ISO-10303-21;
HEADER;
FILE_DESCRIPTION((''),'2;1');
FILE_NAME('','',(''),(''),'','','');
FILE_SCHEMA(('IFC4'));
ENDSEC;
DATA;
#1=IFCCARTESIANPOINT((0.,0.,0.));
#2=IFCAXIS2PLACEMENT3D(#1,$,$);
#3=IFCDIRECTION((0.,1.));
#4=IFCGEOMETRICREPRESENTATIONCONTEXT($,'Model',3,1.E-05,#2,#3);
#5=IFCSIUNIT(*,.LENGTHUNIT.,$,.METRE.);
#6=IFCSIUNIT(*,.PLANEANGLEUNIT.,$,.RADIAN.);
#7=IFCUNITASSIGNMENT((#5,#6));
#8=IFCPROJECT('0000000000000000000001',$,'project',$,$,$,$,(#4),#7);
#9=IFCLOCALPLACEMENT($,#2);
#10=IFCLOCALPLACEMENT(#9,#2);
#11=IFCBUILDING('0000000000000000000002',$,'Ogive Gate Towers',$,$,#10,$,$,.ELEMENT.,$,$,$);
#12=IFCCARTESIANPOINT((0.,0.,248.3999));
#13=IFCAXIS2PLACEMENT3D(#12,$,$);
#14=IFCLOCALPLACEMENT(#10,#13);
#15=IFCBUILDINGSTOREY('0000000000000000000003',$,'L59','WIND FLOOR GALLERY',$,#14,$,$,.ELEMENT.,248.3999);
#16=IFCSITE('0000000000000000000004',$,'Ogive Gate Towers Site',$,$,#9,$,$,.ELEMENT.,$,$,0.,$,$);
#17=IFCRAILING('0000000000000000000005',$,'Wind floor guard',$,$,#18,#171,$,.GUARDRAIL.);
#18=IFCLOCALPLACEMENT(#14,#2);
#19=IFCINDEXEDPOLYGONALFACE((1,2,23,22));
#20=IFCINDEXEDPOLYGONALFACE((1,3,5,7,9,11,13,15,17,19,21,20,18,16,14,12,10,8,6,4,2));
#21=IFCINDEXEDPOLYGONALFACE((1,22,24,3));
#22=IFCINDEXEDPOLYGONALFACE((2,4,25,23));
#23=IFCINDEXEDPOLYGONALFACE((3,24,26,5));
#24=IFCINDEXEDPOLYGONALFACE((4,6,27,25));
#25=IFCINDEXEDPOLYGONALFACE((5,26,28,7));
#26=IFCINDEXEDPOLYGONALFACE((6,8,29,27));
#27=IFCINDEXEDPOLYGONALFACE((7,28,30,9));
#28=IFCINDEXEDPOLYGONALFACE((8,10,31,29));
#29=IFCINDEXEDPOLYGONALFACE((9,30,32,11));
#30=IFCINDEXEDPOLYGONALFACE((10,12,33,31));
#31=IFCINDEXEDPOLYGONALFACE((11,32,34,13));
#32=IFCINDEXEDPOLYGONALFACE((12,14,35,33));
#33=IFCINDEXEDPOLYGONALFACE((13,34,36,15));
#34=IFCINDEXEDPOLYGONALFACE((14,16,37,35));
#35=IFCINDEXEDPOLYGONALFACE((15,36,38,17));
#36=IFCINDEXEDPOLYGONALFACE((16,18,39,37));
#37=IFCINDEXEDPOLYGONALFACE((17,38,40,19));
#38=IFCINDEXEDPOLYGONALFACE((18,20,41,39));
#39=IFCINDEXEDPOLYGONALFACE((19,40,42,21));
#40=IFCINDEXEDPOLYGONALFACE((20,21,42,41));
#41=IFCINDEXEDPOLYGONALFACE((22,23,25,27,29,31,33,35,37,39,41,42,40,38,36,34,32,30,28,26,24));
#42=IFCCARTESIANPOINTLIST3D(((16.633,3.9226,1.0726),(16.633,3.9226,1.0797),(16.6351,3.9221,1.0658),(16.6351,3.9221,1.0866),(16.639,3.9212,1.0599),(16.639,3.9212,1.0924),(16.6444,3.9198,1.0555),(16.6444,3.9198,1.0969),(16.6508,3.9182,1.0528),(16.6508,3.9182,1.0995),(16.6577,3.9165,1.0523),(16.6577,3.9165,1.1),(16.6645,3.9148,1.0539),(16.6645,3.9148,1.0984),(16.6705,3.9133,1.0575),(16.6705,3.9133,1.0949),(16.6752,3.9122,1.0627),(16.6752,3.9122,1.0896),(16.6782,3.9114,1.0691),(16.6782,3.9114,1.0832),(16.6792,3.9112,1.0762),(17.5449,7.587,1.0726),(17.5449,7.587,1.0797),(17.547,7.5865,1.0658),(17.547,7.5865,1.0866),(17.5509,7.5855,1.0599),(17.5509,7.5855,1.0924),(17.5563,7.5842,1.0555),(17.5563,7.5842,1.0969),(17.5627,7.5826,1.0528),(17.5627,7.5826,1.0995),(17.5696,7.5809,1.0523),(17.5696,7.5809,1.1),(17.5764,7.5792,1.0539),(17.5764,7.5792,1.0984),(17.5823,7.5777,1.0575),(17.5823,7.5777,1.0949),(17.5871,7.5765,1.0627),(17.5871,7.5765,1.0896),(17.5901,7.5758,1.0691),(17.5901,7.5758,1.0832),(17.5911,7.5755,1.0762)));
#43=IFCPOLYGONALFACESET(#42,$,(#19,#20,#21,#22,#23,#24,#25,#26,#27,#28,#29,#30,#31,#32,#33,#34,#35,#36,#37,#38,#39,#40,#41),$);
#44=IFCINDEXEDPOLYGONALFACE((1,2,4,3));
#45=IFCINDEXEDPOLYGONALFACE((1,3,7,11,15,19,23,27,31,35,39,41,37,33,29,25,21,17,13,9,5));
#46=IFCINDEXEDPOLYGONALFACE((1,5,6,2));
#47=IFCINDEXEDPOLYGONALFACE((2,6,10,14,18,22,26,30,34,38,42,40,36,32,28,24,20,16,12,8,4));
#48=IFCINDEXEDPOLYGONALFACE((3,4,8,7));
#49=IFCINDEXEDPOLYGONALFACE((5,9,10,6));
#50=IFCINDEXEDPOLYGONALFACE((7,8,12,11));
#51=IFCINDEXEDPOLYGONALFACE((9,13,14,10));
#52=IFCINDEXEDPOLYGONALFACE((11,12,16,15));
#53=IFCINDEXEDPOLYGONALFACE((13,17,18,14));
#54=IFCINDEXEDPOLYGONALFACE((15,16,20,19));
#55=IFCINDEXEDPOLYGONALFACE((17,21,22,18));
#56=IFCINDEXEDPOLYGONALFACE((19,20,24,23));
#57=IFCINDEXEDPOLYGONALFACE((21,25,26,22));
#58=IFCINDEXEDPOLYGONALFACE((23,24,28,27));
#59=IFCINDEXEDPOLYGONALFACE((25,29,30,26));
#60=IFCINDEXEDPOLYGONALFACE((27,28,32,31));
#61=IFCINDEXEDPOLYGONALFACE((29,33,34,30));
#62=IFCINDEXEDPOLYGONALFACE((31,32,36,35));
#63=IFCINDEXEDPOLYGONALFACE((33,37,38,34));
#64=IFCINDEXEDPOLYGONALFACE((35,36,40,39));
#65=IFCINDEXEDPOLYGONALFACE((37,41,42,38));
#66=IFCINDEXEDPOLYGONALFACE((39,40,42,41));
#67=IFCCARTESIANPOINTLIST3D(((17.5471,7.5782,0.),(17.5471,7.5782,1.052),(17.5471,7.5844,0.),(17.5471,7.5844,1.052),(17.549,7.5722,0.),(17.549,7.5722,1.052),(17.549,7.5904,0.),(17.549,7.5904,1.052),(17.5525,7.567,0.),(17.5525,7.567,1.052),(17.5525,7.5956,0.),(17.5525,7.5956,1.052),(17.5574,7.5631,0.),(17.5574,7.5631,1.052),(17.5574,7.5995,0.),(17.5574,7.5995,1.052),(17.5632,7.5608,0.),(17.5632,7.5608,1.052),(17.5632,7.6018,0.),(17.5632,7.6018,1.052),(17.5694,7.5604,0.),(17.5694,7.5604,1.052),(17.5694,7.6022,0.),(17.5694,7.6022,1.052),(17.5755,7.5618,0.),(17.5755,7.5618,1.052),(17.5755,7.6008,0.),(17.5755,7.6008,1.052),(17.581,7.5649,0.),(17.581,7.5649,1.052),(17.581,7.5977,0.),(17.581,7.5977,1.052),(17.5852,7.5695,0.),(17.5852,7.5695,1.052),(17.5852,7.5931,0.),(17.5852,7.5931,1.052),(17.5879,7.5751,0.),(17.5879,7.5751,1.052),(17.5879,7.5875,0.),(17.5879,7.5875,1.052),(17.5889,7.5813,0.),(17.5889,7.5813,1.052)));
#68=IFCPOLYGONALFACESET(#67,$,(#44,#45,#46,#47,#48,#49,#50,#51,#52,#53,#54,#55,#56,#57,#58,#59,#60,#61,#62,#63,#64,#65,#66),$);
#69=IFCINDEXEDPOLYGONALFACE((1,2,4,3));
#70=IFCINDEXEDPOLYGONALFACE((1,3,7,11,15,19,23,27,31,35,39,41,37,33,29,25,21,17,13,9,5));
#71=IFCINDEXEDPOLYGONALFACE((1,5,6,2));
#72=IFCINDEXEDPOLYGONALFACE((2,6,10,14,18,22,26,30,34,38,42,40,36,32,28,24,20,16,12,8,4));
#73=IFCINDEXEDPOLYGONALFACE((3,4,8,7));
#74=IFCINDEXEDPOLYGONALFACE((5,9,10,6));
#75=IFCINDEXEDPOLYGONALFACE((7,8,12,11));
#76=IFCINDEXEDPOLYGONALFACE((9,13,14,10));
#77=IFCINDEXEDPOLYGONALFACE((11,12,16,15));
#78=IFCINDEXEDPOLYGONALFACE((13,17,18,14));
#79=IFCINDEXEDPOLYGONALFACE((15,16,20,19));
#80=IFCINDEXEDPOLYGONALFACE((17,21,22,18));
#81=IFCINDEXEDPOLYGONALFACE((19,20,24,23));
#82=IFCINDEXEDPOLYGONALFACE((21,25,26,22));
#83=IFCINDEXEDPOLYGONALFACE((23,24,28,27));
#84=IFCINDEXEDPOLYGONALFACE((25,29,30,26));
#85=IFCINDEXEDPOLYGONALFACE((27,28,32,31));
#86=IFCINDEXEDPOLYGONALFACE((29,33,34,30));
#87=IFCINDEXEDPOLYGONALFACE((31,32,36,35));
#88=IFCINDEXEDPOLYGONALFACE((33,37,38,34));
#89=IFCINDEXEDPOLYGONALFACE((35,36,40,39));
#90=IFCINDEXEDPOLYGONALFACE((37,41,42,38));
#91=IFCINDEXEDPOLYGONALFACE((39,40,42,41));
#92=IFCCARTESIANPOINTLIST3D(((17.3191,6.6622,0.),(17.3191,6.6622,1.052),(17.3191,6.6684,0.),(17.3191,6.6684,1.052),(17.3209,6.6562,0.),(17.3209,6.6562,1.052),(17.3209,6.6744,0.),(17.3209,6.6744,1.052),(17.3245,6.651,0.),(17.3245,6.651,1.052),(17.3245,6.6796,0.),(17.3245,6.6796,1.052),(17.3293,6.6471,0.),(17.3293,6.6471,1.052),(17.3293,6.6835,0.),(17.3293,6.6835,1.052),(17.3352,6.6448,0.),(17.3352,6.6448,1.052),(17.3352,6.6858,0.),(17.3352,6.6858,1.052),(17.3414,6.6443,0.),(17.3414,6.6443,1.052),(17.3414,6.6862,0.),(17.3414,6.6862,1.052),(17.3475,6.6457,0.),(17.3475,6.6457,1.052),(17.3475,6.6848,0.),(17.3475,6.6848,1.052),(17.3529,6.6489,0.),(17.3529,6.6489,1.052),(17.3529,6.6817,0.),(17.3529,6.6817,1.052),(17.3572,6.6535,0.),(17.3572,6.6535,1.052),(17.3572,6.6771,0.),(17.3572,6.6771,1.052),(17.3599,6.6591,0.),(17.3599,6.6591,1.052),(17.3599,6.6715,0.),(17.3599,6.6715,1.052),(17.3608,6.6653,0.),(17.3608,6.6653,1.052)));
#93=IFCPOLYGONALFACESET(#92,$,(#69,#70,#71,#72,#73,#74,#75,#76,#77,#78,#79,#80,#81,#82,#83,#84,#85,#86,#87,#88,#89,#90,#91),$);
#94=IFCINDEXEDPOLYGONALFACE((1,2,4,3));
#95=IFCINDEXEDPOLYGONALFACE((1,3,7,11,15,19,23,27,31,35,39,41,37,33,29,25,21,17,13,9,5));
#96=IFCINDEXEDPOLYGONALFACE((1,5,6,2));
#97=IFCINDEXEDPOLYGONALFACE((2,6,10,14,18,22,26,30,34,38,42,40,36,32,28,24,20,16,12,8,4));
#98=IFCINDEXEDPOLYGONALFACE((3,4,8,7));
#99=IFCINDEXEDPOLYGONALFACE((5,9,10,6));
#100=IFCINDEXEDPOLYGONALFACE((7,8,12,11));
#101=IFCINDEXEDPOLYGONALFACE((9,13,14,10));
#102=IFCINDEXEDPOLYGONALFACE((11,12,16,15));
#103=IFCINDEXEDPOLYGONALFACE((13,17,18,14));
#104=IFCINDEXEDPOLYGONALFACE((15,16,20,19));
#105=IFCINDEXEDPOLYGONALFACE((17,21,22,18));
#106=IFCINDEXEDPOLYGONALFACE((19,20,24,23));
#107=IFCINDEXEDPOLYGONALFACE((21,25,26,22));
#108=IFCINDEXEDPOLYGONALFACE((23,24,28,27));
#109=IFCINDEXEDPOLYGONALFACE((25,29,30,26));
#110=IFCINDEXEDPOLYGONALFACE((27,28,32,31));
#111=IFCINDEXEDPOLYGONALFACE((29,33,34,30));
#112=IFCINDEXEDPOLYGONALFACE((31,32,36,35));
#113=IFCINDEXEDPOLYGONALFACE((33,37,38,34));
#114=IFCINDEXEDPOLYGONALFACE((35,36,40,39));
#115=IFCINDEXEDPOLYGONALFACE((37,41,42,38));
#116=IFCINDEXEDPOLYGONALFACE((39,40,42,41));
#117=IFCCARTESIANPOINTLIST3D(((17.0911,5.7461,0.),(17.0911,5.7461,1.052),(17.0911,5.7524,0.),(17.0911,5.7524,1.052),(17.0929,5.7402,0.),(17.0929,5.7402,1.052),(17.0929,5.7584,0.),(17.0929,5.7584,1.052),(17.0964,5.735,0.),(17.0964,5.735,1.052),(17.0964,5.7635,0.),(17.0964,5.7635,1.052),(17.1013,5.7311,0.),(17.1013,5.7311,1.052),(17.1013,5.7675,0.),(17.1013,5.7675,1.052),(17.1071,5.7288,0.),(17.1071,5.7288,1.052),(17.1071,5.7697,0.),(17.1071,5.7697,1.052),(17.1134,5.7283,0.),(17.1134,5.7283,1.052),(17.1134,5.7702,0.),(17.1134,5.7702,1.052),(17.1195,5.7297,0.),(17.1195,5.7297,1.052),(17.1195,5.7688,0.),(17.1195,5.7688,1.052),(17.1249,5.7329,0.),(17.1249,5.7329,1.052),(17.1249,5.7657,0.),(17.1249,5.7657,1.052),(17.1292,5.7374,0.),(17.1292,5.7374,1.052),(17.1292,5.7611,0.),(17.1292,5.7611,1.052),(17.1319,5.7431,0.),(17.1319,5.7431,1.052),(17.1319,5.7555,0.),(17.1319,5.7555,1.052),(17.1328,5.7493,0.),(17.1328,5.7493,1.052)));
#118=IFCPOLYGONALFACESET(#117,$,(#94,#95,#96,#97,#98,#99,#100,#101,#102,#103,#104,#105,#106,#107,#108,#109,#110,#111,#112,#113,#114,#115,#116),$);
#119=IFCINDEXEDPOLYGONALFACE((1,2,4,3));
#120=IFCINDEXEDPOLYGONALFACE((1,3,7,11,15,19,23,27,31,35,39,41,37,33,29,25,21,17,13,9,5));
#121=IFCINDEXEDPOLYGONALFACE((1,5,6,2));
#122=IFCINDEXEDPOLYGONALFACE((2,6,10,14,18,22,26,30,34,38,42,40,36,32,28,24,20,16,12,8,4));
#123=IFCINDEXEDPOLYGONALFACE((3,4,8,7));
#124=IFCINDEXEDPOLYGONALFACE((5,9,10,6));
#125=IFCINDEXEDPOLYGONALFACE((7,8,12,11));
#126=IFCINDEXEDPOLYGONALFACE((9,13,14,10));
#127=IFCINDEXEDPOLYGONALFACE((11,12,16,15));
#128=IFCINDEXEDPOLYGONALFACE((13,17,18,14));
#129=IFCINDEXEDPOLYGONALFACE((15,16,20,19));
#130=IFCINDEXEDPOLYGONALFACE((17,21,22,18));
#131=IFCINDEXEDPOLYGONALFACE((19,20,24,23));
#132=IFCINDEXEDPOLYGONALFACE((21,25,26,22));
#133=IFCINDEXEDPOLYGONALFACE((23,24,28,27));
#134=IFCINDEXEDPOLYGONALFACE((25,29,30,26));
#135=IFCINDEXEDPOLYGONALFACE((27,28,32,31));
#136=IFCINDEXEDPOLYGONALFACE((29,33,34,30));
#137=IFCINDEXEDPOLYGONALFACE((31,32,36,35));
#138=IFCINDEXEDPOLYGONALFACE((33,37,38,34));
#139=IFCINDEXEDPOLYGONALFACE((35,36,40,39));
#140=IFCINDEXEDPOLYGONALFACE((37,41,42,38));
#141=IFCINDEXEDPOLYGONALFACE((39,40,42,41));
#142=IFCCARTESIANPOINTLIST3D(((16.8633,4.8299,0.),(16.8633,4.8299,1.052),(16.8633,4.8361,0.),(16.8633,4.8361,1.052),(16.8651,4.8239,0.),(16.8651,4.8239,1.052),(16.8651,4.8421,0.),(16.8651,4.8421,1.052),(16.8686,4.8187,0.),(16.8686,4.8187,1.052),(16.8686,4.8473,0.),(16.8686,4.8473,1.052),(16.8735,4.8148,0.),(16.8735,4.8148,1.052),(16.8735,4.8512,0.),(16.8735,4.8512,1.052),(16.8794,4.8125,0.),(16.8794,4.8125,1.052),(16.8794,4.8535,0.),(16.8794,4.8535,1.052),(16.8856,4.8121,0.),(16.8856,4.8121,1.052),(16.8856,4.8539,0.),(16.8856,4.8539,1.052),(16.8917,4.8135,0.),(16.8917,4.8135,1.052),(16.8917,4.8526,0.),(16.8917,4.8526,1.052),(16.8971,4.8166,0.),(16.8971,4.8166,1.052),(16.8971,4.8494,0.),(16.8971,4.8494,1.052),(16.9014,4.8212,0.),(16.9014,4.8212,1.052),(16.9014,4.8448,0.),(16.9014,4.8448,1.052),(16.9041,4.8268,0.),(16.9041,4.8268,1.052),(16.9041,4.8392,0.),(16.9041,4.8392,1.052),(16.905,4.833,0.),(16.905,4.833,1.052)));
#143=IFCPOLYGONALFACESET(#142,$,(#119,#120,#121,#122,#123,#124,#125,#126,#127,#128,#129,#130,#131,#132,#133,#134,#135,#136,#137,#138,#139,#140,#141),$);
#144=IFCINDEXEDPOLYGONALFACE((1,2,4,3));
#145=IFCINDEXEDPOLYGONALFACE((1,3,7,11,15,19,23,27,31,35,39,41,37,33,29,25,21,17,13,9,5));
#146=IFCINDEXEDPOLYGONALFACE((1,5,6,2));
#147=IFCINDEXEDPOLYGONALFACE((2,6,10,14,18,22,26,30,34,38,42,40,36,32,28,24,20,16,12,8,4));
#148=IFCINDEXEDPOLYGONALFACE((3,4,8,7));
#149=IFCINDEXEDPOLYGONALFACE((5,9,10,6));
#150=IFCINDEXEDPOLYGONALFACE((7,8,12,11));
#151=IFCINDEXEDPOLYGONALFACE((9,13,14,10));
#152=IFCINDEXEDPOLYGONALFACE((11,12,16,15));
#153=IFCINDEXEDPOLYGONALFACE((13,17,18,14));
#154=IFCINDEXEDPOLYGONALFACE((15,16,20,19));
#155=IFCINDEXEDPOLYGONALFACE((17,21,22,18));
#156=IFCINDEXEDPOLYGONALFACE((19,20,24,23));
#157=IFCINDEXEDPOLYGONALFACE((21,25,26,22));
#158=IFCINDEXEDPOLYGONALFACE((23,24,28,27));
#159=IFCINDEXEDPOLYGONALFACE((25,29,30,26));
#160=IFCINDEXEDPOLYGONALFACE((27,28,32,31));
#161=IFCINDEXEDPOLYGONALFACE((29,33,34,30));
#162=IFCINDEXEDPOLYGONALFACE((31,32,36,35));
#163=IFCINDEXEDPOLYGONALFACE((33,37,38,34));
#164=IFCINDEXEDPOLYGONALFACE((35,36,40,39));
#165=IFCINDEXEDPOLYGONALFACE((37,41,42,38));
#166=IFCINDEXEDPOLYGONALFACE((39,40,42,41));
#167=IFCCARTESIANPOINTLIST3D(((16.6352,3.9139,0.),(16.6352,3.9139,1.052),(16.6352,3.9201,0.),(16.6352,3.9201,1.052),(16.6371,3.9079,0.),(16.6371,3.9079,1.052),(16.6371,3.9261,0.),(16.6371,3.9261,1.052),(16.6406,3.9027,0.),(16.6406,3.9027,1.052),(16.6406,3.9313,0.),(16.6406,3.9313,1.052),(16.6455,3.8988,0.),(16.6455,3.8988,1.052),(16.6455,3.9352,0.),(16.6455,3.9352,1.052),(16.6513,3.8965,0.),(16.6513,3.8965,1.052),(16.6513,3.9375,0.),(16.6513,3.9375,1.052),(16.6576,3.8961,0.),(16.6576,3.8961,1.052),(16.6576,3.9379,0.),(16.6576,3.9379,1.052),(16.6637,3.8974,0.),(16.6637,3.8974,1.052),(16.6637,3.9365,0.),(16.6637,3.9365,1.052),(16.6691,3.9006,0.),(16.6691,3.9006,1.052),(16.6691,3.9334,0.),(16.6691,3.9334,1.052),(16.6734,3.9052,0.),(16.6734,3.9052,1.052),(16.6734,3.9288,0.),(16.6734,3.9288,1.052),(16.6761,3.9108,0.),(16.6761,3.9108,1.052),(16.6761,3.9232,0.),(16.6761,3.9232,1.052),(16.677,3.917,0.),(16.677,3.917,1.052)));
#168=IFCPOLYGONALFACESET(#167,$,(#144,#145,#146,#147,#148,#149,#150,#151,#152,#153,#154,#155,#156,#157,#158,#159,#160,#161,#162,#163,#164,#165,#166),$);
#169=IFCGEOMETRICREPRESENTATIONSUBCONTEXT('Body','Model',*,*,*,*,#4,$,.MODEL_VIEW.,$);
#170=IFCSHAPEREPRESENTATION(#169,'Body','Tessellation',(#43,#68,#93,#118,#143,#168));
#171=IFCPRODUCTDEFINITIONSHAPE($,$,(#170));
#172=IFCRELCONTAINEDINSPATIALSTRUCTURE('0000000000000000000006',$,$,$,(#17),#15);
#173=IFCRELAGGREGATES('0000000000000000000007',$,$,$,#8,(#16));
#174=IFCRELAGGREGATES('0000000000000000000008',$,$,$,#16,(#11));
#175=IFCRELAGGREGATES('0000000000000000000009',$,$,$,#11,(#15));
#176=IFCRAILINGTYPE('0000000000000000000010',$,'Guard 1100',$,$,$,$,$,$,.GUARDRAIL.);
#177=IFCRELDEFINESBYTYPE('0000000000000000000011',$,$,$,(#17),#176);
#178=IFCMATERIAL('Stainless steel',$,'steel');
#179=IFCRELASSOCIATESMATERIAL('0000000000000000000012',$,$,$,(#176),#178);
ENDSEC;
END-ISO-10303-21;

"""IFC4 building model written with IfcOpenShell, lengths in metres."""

from ifc_helpers import new_model, si_unit, direction, frame, origin, origin_2d, place, context, subcontext, project, spatial, circle, extrude, material, type_object, element, save


model = new_model("IFC4")

# Units and contexts
model_context = context("Model", 3, precision=1e-05, world=origin(), true_north=direction((0.0, 1.0)))
body_context = subcontext(model_context, "Body", "Model", "MODEL_VIEW")
ifc_project = project(units=[si_unit("LENGTHUNIT", "METRE"), si_unit("PLANEANGLEUNIT", "RADIAN")], contexts=[model_context])

# Site, building, storey
site_placement = place(None, origin())
site = spatial("IfcSite", under=ifc_project, at=site_placement, Name="Ogive Gate Towers Site", CompositionType="ELEMENT", RefElevation=0.0)
building_placement = place(site_placement, origin())
building = spatial("IfcBuilding", under=site, at=building_placement, Name="Ogive Gate Towers", CompositionType="ELEMENT")
storey_placement = place(building_placement, frame((0.0, 0.0, 248.3999)))
storey = spatial("IfcBuildingStorey", under=building, at=storey_placement, Name="L59", Description="WIND FLOOR GALLERY", CompositionType="ELEMENT", Elevation=248.3999)

# Railing
ifc_material_1 = material(Name="Stainless steel", Category="steel")
railing_type_1 = type_object("IfcRailingType", Name="Guard 1100", PredefinedType="GUARDRAIL", material=ifc_material_1)
railing_1_placement = place(storey_placement, frame((17.5679, 7.5813, 0.0)))
element("IfcRailing", 1, at=railing_1_placement, inside=storey, type_object=railing_type_1, Name="Wind floor guard", PredefinedType="GUARDRAIL", context=body_context, shape_type="SweptSolid", body=[
    extrude(circle(Radius=0.0239, at=origin_2d()), frame((0.0, 0.0, 1.0762), z_axis=(-0.241486, -0.970404, 0.0), x_axis=(0.970404, -0.241486, 0.0)), (0.0, 0.0, 1.0), 3.7761),
    extrude(circle(Radius=0.021, at=origin_2d()), origin(), (0.0, 0.0, 1.0), 1.052),
    extrude(circle(Radius=0.021, at=origin_2d()), frame((-0.228, -0.916, 0.0)), (0.0, 0.0, 1.0), 1.052),
    extrude(circle(Radius=0.021, at=origin_2d()), frame((-0.4561, -1.832, 0.0)), (0.0, 0.0, 1.0), 1.052),
    extrude(circle(Radius=0.021, at=origin_2d()), frame((-0.6838, -2.7483, 0.0)), (0.0, 0.0, 1.0), 1.052),
    extrude(circle(Radius=0.021, at=origin_2d()), frame((-0.9119, -3.6643, 0.0)), (0.0, 0.0, 1.0), 1.052),
])

save(model, "model.ifc")
